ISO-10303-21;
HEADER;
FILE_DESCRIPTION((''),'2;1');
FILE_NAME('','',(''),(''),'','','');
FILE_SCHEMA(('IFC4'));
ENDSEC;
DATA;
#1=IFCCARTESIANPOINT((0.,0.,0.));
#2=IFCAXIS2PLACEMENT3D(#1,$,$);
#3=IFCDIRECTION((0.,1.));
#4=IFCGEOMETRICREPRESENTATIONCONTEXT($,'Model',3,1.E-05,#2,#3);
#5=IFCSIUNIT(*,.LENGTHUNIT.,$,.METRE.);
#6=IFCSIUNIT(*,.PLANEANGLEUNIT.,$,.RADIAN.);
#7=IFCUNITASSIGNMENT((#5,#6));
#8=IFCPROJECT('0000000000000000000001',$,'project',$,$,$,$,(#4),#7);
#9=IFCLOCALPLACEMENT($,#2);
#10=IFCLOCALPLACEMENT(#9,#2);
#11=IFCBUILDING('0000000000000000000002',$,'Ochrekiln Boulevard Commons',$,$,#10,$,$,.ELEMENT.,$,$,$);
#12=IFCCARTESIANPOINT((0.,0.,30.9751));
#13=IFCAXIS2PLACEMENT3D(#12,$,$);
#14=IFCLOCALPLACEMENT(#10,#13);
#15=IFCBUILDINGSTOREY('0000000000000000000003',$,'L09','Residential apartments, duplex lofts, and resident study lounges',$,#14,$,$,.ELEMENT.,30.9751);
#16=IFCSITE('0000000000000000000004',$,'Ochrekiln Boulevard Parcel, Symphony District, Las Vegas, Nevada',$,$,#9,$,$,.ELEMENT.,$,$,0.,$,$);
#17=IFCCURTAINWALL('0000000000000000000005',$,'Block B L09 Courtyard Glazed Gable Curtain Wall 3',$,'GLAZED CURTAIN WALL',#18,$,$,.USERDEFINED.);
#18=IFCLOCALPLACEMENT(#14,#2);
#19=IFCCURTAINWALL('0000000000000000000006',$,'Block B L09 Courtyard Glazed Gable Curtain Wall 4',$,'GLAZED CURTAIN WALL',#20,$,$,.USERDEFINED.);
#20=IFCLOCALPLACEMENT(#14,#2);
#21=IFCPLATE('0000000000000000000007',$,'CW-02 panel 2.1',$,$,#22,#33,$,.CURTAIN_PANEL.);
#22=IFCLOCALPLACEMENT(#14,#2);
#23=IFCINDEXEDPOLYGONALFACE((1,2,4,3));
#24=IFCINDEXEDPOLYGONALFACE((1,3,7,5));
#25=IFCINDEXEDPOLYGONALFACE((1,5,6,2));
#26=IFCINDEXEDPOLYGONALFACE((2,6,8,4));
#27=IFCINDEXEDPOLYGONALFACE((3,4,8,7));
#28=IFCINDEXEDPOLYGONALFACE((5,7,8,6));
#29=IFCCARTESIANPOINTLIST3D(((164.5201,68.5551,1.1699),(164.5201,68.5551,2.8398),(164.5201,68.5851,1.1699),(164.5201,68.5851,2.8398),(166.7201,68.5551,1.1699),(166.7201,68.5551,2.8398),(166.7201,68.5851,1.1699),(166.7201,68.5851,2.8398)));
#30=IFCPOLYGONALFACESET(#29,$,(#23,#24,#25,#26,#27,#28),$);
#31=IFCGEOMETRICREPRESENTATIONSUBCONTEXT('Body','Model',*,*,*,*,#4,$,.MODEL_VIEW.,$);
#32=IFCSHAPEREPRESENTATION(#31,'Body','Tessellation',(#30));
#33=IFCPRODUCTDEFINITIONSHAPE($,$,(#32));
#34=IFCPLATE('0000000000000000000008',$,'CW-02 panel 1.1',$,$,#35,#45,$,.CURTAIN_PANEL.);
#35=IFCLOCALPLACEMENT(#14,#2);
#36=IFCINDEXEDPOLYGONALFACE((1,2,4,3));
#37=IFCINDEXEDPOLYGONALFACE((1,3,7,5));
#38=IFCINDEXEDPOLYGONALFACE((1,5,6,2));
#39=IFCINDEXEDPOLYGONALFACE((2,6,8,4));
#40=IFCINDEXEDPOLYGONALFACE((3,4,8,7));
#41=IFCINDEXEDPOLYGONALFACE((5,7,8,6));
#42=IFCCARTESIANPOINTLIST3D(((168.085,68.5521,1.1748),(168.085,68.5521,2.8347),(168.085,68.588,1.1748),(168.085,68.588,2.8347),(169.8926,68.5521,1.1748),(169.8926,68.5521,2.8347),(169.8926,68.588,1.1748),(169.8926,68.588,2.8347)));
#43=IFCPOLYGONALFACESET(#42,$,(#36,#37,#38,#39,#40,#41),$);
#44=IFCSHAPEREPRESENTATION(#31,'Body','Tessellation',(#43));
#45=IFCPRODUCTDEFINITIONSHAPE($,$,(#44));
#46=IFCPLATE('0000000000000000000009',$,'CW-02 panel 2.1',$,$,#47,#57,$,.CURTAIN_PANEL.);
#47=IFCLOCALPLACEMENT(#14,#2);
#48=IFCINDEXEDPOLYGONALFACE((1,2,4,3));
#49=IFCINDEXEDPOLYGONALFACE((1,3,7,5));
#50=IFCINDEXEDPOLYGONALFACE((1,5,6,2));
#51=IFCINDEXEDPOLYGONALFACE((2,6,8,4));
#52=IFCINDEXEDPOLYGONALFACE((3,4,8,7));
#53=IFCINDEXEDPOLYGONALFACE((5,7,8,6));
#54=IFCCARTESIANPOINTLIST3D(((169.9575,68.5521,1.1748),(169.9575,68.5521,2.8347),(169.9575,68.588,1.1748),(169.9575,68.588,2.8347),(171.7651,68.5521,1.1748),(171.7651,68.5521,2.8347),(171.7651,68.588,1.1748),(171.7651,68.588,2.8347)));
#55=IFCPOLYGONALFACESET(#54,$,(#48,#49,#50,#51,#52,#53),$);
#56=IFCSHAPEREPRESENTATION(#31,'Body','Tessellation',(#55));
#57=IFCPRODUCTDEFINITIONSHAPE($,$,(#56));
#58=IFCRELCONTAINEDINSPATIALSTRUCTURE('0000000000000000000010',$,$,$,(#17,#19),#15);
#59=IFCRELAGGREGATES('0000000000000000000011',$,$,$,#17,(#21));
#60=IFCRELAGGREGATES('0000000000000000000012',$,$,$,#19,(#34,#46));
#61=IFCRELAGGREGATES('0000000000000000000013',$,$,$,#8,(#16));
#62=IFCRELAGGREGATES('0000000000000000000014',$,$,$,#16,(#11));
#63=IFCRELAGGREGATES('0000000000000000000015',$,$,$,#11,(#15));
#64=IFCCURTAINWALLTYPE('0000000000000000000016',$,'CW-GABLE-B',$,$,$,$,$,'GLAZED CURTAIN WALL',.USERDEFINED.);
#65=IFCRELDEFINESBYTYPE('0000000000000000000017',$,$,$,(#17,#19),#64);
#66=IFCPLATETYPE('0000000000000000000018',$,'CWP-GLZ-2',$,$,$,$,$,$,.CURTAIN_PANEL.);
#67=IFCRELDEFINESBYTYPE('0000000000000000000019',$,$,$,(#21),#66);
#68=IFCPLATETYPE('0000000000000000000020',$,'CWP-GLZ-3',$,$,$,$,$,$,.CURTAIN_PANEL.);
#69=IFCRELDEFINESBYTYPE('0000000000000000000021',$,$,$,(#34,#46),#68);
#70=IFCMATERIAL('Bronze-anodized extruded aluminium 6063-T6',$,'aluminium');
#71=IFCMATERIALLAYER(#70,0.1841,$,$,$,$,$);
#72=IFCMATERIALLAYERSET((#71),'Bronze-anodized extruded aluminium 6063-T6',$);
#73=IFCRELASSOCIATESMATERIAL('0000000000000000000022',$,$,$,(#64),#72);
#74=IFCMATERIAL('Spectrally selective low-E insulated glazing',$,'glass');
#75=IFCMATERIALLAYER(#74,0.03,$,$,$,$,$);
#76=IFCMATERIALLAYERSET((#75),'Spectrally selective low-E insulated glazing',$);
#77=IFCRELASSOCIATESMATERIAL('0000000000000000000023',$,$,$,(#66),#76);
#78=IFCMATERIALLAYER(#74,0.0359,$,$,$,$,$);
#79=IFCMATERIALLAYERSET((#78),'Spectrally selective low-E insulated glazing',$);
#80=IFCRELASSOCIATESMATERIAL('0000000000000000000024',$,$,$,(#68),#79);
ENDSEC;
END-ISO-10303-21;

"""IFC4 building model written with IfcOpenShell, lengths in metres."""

from ifc_helpers import new_model, si_unit, direction, frame, origin, origin_2d, place, context, subcontext, project, spatial, rectangle, extrude, material, layer, layer_set, type_object, element, aggregate, save


model = new_model("IFC4")

# Units and contexts
model_context = context("Model", 3, precision=1e-05, world=origin(), true_north=direction((0.0, 1.0)))
body_context = subcontext(model_context, "Body", "Model", "MODEL_VIEW")
ifc_project = project(units=[si_unit("LENGTHUNIT", "METRE"), si_unit("PLANEANGLEUNIT", "RADIAN")], contexts=[model_context])

# Site, building, storey
site_placement = place(None, origin())
site = spatial("IfcSite", under=ifc_project, at=site_placement, Name="Ochrekiln Boulevard Parcel, Symphony District, Las Vegas, Nevada", CompositionType="ELEMENT", RefElevation=0.0)
building_placement = place(site_placement, origin())
building = spatial("IfcBuilding", under=site, at=building_placement, Name="Ochrekiln Boulevard Commons", CompositionType="ELEMENT")
storey_placement = place(building_placement, frame((0.0, 0.0, 30.9751)))
storey = spatial("IfcBuildingStorey", under=building, at=storey_placement, Name="L09", Description="Residential apartments, duplex lofts, and resident study lounges", CompositionType="ELEMENT", Elevation=30.9751)

# Curtain wall
ifc_material_1 = material(Name="Bronze-anodized extruded aluminium 6063-T6", Category="aluminium")
ifc_layer_1 = layer(ifc_material_1, 0.1841)
ifc_layer_set_1 = layer_set([ifc_layer_1], Name="Bronze-anodized extruded aluminium 6063-T6")
curtain_wall_type = type_object("IfcCurtainWallType", Name="CW-GABLE-B", ElementType="GLAZED CURTAIN WALL", PredefinedType="USERDEFINED", material=ifc_layer_set_1)
curtain_wall_1_placement = place(storey_placement, origin())
curtain_wall_1 = element("IfcCurtainWall", 1, at=curtain_wall_1_placement, inside=storey, type_object=curtain_wall_type, Name="Block B L09 Courtyard Glazed Gable Curtain Wall 3", ObjectType="GLAZED CURTAIN WALL", PredefinedType="USERDEFINED")

# Curtain wall
curtain_wall_2_placement = place(storey_placement, origin())
curtain_wall_2 = element("IfcCurtainWall", 2, at=curtain_wall_2_placement, inside=storey, type_object=curtain_wall_type, Name="Block B L09 Courtyard Glazed Gable Curtain Wall 4", ObjectType="GLAZED CURTAIN WALL", PredefinedType="USERDEFINED")

# Plates
ifc_material_2 = material(Name="Spectrally selective low-E insulated glazing", Category="glass")
ifc_layer_2 = layer(ifc_material_2, 0.03)
ifc_layer_set_2 = layer_set([ifc_layer_2], Name="Spectrally selective low-E insulated glazing")
plate_type_1 = type_object("IfcPlateType", Name="CWP-GLZ-2", PredefinedType="CURTAIN_PANEL", material=ifc_layer_set_2)
plate_1_placement = place(storey_placement, frame((165.6201, 68.5701, 1.1699), z_axis=(0.0, 0.0, 1.0), x_axis=(1.0, 0.0, 0.0)))
plate_1 = element("IfcPlate", 3, at=plate_1_placement, type_object=plate_type_1, Name="CW-02 panel 2.1", PredefinedType="CURTAIN_PANEL", context=body_context, shape_type="SweptSolid", body=[
    extrude(rectangle(XDim=2.2, YDim=0.03, at=origin_2d()), origin(), (0.0, 0.0, 1.0), 1.6699),
])
aggregate(curtain_wall_1, [plate_1])
ifc_layer_3 = layer(ifc_material_2, 0.0359)
ifc_layer_set_3 = layer_set([ifc_layer_3], Name="Spectrally selective low-E insulated glazing")
plate_type_2 = type_object("IfcPlateType", Name="CWP-GLZ-3", PredefinedType="CURTAIN_PANEL", material=ifc_layer_set_3)
plate_2_placement = place(storey_placement, frame((168.9888, 68.5701, 1.1748), z_axis=(0.0, 0.0, 1.0), x_axis=(1.0, 0.0, 0.0)))
plate_2 = element("IfcPlate", 4, at=plate_2_placement, type_object=plate_type_2, Name="CW-02 panel 1.1", PredefinedType="CURTAIN_PANEL", context=body_context, shape_type="SweptSolid", body=[
    extrude(rectangle(XDim=1.8076, YDim=0.0359, at=origin_2d()), origin(), (0.0, 0.0, 1.0), 1.6599),
])
plate_3_placement = place(storey_placement, frame((170.8613, 68.5701, 1.1748), z_axis=(0.0, 0.0, 1.0), x_axis=(1.0, 0.0, 0.0)))
plate_3 = element("IfcPlate", 5, at=plate_3_placement, type_object=plate_type_2, Name="CW-02 panel 2.1", PredefinedType="CURTAIN_PANEL", context=body_context, shape_type="SweptSolid", body=[
    extrude(rectangle(XDim=1.8076, YDim=0.0359, at=origin_2d()), origin(), (0.0, 0.0, 1.0), 1.6599),
])
aggregate(curtain_wall_2, [plate_2, plate_3])

save(model, "model.ifc")
